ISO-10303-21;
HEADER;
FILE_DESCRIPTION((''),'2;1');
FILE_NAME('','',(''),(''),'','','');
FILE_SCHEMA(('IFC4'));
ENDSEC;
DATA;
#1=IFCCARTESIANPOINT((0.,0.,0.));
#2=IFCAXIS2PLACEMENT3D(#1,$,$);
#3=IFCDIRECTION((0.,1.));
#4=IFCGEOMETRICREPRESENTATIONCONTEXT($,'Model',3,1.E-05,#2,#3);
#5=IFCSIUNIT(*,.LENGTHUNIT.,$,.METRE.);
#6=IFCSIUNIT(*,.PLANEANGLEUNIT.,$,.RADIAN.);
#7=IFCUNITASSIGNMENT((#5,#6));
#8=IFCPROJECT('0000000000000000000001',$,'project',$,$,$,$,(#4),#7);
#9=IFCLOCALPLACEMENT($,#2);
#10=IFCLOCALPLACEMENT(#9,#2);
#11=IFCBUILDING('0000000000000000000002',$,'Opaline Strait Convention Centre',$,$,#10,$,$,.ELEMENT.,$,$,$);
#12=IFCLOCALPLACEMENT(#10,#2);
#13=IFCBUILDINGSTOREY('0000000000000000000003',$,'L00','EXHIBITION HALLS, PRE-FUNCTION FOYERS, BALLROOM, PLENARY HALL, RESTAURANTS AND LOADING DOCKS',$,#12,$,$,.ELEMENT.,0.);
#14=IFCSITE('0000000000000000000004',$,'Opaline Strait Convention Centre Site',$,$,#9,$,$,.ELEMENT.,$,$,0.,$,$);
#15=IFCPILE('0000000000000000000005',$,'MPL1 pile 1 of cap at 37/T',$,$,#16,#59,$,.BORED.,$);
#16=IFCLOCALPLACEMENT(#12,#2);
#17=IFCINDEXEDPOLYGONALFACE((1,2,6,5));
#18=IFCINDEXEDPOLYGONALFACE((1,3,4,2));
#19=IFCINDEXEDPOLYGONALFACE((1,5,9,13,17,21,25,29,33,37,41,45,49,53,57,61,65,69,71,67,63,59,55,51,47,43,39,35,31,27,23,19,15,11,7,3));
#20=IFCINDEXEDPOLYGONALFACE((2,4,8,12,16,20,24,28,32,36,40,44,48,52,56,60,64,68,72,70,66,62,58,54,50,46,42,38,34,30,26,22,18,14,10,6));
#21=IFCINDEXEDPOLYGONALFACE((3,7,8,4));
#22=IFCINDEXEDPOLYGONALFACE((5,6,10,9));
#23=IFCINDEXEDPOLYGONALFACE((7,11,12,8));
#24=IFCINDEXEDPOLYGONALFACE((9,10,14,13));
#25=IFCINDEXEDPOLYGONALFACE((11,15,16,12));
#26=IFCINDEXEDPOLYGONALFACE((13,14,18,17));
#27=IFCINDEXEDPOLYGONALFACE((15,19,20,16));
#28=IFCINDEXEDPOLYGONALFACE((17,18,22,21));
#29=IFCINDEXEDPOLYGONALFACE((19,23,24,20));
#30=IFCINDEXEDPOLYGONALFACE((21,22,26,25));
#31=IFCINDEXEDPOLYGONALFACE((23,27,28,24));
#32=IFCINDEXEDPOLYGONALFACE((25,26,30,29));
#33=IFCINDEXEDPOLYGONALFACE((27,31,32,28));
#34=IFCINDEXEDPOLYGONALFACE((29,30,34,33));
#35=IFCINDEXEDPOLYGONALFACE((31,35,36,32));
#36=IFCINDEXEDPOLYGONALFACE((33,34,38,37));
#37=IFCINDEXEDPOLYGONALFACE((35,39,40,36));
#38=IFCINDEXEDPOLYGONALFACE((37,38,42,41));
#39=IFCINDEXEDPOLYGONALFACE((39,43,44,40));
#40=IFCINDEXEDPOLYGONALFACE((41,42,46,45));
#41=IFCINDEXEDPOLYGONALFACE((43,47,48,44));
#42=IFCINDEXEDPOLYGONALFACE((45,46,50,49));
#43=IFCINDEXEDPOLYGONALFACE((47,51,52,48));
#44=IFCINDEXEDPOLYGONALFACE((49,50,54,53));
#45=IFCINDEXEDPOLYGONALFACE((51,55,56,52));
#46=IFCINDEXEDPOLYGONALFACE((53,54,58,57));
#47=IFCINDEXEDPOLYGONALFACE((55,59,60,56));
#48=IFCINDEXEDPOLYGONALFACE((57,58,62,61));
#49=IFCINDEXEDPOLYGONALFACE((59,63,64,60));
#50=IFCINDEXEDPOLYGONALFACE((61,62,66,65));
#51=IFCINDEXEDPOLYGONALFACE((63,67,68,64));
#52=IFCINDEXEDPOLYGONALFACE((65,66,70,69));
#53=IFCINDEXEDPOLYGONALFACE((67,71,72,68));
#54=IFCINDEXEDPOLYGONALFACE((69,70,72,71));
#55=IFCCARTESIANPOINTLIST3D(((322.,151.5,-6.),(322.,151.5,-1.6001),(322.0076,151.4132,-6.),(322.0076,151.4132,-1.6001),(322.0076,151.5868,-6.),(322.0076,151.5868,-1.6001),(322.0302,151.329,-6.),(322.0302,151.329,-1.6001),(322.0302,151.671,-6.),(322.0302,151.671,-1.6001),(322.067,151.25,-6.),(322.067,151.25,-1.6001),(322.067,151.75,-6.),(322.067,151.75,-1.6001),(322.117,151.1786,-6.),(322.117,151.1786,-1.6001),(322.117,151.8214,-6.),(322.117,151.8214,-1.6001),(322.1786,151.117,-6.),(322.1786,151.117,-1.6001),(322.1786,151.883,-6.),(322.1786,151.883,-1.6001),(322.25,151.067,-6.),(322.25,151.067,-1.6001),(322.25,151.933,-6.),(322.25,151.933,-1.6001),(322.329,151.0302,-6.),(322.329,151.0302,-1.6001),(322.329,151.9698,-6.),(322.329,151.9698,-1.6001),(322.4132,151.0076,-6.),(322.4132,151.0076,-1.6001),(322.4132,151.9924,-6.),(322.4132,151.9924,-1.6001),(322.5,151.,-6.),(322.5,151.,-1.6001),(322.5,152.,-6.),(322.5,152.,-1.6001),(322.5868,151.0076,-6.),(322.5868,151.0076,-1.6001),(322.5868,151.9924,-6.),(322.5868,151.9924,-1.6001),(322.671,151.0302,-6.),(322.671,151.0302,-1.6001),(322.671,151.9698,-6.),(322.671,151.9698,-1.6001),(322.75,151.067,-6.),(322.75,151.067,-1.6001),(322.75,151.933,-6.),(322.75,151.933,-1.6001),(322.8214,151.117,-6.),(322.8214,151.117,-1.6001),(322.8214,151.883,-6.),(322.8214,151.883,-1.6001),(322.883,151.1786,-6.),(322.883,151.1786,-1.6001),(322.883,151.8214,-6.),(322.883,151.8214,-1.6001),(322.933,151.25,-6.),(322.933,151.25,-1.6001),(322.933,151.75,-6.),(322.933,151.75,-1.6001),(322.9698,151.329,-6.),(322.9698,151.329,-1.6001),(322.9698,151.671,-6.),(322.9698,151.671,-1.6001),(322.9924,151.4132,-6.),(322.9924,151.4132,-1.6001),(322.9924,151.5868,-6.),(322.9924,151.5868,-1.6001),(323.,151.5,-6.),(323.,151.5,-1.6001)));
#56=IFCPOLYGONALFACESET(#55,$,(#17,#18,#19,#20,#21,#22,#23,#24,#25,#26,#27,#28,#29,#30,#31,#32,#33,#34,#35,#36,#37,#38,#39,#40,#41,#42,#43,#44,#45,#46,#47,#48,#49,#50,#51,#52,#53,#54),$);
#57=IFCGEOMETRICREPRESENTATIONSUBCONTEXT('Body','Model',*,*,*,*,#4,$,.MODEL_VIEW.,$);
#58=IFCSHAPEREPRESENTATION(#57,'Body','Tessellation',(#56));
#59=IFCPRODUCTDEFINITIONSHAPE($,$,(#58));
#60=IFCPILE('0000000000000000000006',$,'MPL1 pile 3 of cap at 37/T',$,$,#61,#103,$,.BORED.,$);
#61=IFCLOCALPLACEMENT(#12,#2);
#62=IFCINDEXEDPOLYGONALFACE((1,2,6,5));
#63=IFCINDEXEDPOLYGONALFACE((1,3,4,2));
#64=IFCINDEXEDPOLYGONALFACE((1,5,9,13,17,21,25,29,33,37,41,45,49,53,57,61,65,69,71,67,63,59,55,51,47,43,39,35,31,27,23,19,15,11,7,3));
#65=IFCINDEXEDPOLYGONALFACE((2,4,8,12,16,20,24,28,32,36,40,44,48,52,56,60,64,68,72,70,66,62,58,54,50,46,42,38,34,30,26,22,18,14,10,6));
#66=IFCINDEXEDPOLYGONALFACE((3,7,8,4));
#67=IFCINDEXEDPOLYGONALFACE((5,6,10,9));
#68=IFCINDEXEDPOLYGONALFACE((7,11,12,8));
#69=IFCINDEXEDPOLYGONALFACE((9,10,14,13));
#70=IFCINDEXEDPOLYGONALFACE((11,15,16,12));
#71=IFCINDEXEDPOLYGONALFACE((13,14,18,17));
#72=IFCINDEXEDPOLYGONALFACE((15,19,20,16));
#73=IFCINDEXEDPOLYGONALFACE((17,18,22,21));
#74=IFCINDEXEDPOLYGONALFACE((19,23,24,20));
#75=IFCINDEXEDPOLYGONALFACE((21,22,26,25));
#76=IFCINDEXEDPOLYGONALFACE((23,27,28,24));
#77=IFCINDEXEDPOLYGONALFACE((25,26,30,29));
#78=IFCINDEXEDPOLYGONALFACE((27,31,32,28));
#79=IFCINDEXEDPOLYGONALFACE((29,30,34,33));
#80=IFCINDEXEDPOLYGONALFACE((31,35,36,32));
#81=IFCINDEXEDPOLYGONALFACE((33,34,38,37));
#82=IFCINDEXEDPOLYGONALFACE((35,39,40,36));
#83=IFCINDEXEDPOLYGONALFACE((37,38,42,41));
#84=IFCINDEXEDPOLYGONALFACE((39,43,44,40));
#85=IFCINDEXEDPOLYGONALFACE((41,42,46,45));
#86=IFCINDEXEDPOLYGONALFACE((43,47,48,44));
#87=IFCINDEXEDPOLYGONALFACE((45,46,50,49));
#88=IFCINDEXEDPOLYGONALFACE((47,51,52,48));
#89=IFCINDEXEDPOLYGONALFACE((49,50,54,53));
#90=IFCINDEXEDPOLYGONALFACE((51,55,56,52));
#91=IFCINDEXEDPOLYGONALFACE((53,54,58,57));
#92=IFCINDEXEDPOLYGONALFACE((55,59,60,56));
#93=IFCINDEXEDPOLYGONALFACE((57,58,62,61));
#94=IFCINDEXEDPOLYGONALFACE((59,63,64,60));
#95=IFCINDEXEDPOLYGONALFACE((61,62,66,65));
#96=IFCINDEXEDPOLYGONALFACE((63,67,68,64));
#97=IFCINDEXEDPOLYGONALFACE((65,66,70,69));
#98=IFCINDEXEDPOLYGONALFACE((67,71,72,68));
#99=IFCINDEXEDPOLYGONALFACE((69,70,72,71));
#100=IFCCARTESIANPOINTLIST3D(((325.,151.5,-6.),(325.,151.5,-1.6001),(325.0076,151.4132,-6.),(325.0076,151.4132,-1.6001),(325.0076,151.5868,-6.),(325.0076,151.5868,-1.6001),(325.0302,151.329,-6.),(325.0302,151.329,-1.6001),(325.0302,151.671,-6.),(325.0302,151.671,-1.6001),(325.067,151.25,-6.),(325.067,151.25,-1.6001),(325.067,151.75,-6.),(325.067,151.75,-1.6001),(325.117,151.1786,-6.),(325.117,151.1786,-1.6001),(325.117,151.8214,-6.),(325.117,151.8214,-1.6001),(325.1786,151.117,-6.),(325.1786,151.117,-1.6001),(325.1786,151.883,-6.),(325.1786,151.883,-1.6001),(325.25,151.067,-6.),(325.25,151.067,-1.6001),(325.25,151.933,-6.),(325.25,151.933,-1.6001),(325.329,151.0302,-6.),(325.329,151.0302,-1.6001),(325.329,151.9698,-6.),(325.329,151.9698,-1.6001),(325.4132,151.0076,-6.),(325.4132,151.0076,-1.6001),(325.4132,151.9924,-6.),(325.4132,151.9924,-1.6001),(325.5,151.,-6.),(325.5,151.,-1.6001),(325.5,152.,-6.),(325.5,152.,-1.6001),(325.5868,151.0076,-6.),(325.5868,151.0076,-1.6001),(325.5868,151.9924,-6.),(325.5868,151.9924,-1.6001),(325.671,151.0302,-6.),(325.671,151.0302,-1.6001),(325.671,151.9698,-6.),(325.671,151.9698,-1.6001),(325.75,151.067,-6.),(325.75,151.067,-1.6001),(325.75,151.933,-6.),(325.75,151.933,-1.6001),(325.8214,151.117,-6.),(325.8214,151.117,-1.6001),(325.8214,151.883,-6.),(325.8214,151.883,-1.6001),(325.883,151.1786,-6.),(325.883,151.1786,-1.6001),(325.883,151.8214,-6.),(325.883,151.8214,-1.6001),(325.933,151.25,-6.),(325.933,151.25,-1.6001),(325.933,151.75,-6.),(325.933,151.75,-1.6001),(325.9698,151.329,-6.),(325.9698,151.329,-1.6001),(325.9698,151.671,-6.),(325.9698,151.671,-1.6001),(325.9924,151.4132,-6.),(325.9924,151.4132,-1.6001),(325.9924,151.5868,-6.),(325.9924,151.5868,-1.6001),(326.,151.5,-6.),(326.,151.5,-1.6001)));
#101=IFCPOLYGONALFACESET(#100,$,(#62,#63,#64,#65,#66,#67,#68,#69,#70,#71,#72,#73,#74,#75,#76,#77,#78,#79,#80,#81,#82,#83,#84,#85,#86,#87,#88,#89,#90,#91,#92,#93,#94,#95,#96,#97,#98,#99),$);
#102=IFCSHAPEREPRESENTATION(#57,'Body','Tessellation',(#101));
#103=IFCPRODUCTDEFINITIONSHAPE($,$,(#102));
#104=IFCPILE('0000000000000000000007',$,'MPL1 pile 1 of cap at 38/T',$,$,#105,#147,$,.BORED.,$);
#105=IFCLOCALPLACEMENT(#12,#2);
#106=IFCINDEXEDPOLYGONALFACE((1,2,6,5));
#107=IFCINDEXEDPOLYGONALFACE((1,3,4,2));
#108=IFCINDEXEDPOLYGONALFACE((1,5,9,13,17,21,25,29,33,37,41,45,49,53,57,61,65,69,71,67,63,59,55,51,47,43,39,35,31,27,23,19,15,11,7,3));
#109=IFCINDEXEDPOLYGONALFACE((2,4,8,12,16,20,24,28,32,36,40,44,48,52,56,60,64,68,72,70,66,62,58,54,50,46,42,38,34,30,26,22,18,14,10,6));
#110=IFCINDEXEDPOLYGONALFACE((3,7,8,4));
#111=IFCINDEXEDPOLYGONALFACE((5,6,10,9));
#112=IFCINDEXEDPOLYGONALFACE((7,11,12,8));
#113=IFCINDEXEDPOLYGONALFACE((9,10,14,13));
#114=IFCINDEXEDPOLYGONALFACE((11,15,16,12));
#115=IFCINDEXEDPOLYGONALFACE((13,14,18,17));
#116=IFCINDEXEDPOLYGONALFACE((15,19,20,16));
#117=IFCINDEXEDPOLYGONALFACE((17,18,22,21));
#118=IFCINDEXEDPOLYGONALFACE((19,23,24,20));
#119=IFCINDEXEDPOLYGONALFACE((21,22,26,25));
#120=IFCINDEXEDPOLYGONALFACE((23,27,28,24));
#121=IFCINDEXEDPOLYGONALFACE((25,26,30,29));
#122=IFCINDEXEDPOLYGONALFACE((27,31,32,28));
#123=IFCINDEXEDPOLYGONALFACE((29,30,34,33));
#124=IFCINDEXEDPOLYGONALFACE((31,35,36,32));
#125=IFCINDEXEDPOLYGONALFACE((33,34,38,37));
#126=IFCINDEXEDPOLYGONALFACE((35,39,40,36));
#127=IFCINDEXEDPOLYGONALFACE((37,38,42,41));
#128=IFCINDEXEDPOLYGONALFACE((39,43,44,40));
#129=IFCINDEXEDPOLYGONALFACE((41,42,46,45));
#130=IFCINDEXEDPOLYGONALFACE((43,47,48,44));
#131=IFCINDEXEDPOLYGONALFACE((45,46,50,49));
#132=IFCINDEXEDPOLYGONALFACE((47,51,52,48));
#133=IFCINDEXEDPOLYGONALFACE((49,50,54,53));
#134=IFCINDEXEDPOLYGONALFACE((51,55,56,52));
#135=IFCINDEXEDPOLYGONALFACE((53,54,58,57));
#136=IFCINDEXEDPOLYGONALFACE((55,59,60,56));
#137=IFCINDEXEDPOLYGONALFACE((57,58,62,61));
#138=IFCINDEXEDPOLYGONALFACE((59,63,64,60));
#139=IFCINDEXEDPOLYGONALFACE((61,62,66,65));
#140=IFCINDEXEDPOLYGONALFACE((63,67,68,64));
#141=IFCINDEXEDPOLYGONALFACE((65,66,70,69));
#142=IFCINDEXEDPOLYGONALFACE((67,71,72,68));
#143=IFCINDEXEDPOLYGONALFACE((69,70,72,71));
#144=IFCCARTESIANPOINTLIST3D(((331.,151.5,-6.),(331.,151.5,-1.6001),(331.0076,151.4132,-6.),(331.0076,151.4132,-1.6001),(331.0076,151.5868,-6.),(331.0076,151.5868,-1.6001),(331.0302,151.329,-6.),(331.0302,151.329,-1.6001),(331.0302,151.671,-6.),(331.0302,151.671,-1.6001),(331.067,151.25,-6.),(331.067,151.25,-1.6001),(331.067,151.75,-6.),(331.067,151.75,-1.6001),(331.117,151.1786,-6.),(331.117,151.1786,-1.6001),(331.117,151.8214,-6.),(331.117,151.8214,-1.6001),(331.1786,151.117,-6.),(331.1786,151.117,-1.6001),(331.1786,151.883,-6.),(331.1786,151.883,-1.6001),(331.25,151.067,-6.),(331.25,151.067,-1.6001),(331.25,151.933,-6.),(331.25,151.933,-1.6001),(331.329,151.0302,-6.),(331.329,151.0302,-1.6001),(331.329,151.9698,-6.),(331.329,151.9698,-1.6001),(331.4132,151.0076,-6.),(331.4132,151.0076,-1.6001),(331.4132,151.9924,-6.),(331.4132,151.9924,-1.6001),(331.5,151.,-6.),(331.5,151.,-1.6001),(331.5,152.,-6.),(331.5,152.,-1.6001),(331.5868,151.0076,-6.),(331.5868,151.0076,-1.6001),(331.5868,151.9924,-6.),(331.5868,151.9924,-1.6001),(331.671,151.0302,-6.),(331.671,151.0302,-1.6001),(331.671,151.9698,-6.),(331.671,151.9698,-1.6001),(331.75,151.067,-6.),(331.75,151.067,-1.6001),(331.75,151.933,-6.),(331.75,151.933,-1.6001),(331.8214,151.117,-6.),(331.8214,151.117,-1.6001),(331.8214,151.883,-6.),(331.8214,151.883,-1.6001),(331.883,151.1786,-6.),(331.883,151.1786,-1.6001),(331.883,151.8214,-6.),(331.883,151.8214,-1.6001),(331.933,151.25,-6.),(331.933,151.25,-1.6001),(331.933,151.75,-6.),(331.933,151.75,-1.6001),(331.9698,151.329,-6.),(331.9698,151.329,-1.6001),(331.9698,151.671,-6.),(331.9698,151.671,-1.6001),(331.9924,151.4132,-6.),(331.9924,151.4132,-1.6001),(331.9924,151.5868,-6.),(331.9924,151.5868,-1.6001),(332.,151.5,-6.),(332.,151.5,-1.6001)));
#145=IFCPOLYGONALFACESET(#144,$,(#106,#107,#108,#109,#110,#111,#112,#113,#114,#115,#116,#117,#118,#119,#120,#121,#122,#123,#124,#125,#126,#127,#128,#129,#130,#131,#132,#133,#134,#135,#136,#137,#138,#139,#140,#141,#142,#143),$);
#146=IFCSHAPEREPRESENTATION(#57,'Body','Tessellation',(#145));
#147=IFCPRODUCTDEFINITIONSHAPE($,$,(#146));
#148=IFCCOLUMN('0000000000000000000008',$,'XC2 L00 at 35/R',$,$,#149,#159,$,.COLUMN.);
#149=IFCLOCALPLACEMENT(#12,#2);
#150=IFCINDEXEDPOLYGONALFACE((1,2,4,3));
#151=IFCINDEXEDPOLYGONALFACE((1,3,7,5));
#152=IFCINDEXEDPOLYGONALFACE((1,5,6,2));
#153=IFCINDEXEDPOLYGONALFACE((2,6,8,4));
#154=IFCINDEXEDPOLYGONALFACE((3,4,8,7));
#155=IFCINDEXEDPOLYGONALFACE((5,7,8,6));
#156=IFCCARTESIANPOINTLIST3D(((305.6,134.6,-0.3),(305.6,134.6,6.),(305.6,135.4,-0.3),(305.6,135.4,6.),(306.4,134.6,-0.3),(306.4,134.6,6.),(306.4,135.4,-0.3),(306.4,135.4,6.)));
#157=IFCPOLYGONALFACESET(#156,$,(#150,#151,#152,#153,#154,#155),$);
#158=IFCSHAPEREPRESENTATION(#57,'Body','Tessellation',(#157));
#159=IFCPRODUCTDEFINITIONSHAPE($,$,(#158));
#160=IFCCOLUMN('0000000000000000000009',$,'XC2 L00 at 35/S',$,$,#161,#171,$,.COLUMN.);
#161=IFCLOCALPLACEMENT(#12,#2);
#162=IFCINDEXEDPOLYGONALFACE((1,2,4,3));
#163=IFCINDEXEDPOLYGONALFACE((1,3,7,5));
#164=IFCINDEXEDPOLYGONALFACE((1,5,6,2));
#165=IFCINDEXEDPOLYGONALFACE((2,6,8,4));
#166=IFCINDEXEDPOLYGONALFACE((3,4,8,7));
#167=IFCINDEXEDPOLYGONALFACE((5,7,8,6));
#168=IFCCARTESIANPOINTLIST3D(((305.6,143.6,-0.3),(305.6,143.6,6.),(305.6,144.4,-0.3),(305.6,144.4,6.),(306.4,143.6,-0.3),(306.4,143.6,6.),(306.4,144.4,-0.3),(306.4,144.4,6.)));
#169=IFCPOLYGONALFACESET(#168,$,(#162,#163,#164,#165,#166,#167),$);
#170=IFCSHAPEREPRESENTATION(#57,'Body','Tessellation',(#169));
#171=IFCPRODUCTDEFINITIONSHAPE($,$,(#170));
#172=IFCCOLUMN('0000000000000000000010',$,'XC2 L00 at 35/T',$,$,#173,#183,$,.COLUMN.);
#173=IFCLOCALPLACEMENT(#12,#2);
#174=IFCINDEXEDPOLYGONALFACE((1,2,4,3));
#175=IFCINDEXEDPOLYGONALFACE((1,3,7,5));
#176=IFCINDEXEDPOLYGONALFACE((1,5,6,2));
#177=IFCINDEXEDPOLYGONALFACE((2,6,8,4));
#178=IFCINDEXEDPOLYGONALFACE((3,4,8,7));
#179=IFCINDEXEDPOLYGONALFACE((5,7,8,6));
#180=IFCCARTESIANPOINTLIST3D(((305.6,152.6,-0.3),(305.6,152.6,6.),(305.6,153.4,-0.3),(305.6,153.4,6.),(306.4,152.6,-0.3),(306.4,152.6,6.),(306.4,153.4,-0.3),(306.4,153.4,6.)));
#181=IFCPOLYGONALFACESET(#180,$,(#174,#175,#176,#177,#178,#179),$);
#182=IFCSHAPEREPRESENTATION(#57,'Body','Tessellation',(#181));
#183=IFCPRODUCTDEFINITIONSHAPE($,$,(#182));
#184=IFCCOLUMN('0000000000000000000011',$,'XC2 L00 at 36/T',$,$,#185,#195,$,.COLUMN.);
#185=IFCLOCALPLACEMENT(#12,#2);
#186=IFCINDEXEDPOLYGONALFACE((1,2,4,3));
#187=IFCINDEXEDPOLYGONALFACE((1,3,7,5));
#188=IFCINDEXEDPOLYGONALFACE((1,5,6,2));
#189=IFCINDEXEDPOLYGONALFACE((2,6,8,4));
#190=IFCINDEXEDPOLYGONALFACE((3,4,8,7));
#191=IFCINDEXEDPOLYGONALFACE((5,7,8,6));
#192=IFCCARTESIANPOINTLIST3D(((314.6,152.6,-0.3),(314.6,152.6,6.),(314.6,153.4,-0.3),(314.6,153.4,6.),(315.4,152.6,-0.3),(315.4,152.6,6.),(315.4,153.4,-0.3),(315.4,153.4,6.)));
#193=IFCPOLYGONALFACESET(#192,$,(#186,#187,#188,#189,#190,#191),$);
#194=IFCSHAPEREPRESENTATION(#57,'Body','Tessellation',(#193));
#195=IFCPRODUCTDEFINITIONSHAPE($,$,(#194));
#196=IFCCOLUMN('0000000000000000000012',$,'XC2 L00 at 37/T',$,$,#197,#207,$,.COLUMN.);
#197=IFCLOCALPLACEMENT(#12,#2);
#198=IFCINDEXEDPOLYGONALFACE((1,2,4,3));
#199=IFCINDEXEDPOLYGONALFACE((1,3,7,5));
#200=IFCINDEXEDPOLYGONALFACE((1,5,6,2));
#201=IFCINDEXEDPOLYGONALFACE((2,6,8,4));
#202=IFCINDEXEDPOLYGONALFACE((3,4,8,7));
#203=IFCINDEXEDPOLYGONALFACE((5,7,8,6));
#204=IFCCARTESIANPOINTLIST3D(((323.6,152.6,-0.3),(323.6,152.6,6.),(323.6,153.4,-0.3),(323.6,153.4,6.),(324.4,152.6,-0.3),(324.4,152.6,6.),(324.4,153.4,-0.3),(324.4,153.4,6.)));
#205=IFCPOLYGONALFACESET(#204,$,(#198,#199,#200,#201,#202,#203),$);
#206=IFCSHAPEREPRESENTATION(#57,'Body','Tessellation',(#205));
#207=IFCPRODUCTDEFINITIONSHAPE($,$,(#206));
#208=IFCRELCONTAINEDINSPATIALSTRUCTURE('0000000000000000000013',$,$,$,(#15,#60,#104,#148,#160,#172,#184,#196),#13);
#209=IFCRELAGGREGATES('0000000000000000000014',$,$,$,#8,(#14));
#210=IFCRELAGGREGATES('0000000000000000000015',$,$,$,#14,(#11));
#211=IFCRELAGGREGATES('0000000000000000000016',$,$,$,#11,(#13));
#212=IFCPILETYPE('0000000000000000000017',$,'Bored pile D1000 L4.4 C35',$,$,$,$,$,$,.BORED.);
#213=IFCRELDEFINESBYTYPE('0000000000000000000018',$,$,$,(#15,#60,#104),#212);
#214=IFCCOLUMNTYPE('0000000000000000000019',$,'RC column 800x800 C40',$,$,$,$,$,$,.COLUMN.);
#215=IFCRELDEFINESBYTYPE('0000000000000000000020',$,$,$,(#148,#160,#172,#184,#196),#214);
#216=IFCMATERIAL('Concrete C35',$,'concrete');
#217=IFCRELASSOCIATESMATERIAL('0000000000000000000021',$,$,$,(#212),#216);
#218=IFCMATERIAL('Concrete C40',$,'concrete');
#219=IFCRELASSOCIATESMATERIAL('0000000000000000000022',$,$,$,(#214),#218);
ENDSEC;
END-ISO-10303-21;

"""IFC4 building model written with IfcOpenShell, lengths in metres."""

from ifc_helpers import new_model, si_unit, direction, frame, origin, origin_2d, place, context, subcontext, project, spatial, rectangle, circle, extrude, material, material_profile, profile_set, type_object, element, save


model = new_model("IFC4")

# Units and contexts
model_context = context("Model", 3, precision=1e-05, world=origin(), true_north=direction((0.0, 1.0)))
body_context = subcontext(model_context, "Body", "Model", "MODEL_VIEW")
ifc_project = project(units=[si_unit("LENGTHUNIT", "METRE"), si_unit("PLANEANGLEUNIT", "RADIAN")], contexts=[model_context])

# Site, building, storey
site_placement = place(None, origin())
site = spatial("IfcSite", under=ifc_project, at=site_placement, Name="Opaline Strait Convention Centre Site", CompositionType="ELEMENT", RefElevation=0.0)
building_placement = place(site_placement, origin())
building = spatial("IfcBuilding", under=site, at=building_placement, Name="Opaline Strait Convention Centre", CompositionType="ELEMENT")
storey_placement = place(building_placement, origin())
storey = spatial("IfcBuildingStorey", under=building, at=storey_placement, Name="L00", Description="EXHIBITION HALLS, PRE-FUNCTION FOYERS, BALLROOM, PLENARY HALL, RESTAURANTS AND LOADING DOCKS", CompositionType="ELEMENT", Elevation=0.0)

# Piles
ifc_material_1 = material(Name="Concrete C35", Category="concrete")
ifc_material_profile_1 = material_profile(ifc_material_1, circle(Radius=0.5, at=origin_2d()), Name="D1000")
ifc_profile_set_1 = profile_set([ifc_material_profile_1], Name="Concrete C35")
pile_type = type_object("IfcPileType", Name="Bored pile D1000 L4.4 C35", PredefinedType="BORED", material=ifc_profile_set_1)
for number, where, z_axis, x_axis, name in (
    (1, (322.5, 151.5, -1.6001), (0.0, 0.0, -1.0), (1.0, 0.0, 0.0), "MPL1 pile 1 of cap at 37/T"),
    (2, (325.5, 151.5, -1.6001), (0.0, 0.0, -1.0), (1.0, 0.0, 0.0), "MPL1 pile 3 of cap at 37/T"),
    (3, (331.5, 151.5, -1.6001), (0.0, 0.0, -1.0), (1.0, 0.0, 0.0), "MPL1 pile 1 of cap at 38/T"),
):
    element("IfcPile", number, at=place(storey_placement, frame(where, z_axis=z_axis, x_axis=x_axis)), inside=storey, type_object=pile_type, Name=name, PredefinedType="BORED", context=body_context, shape_type="SweptSolid", body=[
        extrude(circle(Radius=0.5, at=origin_2d()), origin(), (0.0, 0.0, 1.0), 4.3999),
    ])

# Columns
ifc_material_2 = material(Name="Concrete C40", Category="concrete")
ifc_material_profile_2 = material_profile(ifc_material_2, rectangle(XDim=0.8, YDim=0.8, at=origin_2d()), Name="RC 800x800")
ifc_profile_set_2 = profile_set([ifc_material_profile_2], Name="Concrete C40")
column_type = type_object("IfcColumnType", Name="RC column 800x800 C40", PredefinedType="COLUMN", material=ifc_profile_set_2)
for number, where, z_axis, x_axis, name in (
    (4, (306.0, 135.0, -0.3), (0.0, 0.0, 1.0), (1.0, 0.0, 0.0), "XC2 L00 at 35/R"),
    (5, (306.0, 144.0, -0.3), (0.0, 0.0, 1.0), (1.0, 0.0, 0.0), "XC2 L00 at 35/S"),
    (6, (306.0, 153.0, -0.3), (0.0, 0.0, 1.0), (1.0, 0.0, 0.0), "XC2 L00 at 35/T"),
    (7, (315.0, 153.0, -0.3), (0.0, 0.0, 1.0), (1.0, 0.0, 0.0), "XC2 L00 at 36/T"),
    (8, (324.0, 153.0, -0.3), (0.0, 0.0, 1.0), (1.0, 0.0, 0.0), "XC2 L00 at 37/T"),
):
    element("IfcColumn", number, at=place(storey_placement, frame(where, z_axis=z_axis, x_axis=x_axis)), inside=storey, type_object=column_type, Name=name, PredefinedType="COLUMN", context=body_context, shape_type="SweptSolid", body=[
        extrude(rectangle(XDim=0.8, YDim=0.8, at=origin_2d()), origin(), (0.0, 0.0, 1.0), 6.3),
    ])

save(model, "model.ifc")
